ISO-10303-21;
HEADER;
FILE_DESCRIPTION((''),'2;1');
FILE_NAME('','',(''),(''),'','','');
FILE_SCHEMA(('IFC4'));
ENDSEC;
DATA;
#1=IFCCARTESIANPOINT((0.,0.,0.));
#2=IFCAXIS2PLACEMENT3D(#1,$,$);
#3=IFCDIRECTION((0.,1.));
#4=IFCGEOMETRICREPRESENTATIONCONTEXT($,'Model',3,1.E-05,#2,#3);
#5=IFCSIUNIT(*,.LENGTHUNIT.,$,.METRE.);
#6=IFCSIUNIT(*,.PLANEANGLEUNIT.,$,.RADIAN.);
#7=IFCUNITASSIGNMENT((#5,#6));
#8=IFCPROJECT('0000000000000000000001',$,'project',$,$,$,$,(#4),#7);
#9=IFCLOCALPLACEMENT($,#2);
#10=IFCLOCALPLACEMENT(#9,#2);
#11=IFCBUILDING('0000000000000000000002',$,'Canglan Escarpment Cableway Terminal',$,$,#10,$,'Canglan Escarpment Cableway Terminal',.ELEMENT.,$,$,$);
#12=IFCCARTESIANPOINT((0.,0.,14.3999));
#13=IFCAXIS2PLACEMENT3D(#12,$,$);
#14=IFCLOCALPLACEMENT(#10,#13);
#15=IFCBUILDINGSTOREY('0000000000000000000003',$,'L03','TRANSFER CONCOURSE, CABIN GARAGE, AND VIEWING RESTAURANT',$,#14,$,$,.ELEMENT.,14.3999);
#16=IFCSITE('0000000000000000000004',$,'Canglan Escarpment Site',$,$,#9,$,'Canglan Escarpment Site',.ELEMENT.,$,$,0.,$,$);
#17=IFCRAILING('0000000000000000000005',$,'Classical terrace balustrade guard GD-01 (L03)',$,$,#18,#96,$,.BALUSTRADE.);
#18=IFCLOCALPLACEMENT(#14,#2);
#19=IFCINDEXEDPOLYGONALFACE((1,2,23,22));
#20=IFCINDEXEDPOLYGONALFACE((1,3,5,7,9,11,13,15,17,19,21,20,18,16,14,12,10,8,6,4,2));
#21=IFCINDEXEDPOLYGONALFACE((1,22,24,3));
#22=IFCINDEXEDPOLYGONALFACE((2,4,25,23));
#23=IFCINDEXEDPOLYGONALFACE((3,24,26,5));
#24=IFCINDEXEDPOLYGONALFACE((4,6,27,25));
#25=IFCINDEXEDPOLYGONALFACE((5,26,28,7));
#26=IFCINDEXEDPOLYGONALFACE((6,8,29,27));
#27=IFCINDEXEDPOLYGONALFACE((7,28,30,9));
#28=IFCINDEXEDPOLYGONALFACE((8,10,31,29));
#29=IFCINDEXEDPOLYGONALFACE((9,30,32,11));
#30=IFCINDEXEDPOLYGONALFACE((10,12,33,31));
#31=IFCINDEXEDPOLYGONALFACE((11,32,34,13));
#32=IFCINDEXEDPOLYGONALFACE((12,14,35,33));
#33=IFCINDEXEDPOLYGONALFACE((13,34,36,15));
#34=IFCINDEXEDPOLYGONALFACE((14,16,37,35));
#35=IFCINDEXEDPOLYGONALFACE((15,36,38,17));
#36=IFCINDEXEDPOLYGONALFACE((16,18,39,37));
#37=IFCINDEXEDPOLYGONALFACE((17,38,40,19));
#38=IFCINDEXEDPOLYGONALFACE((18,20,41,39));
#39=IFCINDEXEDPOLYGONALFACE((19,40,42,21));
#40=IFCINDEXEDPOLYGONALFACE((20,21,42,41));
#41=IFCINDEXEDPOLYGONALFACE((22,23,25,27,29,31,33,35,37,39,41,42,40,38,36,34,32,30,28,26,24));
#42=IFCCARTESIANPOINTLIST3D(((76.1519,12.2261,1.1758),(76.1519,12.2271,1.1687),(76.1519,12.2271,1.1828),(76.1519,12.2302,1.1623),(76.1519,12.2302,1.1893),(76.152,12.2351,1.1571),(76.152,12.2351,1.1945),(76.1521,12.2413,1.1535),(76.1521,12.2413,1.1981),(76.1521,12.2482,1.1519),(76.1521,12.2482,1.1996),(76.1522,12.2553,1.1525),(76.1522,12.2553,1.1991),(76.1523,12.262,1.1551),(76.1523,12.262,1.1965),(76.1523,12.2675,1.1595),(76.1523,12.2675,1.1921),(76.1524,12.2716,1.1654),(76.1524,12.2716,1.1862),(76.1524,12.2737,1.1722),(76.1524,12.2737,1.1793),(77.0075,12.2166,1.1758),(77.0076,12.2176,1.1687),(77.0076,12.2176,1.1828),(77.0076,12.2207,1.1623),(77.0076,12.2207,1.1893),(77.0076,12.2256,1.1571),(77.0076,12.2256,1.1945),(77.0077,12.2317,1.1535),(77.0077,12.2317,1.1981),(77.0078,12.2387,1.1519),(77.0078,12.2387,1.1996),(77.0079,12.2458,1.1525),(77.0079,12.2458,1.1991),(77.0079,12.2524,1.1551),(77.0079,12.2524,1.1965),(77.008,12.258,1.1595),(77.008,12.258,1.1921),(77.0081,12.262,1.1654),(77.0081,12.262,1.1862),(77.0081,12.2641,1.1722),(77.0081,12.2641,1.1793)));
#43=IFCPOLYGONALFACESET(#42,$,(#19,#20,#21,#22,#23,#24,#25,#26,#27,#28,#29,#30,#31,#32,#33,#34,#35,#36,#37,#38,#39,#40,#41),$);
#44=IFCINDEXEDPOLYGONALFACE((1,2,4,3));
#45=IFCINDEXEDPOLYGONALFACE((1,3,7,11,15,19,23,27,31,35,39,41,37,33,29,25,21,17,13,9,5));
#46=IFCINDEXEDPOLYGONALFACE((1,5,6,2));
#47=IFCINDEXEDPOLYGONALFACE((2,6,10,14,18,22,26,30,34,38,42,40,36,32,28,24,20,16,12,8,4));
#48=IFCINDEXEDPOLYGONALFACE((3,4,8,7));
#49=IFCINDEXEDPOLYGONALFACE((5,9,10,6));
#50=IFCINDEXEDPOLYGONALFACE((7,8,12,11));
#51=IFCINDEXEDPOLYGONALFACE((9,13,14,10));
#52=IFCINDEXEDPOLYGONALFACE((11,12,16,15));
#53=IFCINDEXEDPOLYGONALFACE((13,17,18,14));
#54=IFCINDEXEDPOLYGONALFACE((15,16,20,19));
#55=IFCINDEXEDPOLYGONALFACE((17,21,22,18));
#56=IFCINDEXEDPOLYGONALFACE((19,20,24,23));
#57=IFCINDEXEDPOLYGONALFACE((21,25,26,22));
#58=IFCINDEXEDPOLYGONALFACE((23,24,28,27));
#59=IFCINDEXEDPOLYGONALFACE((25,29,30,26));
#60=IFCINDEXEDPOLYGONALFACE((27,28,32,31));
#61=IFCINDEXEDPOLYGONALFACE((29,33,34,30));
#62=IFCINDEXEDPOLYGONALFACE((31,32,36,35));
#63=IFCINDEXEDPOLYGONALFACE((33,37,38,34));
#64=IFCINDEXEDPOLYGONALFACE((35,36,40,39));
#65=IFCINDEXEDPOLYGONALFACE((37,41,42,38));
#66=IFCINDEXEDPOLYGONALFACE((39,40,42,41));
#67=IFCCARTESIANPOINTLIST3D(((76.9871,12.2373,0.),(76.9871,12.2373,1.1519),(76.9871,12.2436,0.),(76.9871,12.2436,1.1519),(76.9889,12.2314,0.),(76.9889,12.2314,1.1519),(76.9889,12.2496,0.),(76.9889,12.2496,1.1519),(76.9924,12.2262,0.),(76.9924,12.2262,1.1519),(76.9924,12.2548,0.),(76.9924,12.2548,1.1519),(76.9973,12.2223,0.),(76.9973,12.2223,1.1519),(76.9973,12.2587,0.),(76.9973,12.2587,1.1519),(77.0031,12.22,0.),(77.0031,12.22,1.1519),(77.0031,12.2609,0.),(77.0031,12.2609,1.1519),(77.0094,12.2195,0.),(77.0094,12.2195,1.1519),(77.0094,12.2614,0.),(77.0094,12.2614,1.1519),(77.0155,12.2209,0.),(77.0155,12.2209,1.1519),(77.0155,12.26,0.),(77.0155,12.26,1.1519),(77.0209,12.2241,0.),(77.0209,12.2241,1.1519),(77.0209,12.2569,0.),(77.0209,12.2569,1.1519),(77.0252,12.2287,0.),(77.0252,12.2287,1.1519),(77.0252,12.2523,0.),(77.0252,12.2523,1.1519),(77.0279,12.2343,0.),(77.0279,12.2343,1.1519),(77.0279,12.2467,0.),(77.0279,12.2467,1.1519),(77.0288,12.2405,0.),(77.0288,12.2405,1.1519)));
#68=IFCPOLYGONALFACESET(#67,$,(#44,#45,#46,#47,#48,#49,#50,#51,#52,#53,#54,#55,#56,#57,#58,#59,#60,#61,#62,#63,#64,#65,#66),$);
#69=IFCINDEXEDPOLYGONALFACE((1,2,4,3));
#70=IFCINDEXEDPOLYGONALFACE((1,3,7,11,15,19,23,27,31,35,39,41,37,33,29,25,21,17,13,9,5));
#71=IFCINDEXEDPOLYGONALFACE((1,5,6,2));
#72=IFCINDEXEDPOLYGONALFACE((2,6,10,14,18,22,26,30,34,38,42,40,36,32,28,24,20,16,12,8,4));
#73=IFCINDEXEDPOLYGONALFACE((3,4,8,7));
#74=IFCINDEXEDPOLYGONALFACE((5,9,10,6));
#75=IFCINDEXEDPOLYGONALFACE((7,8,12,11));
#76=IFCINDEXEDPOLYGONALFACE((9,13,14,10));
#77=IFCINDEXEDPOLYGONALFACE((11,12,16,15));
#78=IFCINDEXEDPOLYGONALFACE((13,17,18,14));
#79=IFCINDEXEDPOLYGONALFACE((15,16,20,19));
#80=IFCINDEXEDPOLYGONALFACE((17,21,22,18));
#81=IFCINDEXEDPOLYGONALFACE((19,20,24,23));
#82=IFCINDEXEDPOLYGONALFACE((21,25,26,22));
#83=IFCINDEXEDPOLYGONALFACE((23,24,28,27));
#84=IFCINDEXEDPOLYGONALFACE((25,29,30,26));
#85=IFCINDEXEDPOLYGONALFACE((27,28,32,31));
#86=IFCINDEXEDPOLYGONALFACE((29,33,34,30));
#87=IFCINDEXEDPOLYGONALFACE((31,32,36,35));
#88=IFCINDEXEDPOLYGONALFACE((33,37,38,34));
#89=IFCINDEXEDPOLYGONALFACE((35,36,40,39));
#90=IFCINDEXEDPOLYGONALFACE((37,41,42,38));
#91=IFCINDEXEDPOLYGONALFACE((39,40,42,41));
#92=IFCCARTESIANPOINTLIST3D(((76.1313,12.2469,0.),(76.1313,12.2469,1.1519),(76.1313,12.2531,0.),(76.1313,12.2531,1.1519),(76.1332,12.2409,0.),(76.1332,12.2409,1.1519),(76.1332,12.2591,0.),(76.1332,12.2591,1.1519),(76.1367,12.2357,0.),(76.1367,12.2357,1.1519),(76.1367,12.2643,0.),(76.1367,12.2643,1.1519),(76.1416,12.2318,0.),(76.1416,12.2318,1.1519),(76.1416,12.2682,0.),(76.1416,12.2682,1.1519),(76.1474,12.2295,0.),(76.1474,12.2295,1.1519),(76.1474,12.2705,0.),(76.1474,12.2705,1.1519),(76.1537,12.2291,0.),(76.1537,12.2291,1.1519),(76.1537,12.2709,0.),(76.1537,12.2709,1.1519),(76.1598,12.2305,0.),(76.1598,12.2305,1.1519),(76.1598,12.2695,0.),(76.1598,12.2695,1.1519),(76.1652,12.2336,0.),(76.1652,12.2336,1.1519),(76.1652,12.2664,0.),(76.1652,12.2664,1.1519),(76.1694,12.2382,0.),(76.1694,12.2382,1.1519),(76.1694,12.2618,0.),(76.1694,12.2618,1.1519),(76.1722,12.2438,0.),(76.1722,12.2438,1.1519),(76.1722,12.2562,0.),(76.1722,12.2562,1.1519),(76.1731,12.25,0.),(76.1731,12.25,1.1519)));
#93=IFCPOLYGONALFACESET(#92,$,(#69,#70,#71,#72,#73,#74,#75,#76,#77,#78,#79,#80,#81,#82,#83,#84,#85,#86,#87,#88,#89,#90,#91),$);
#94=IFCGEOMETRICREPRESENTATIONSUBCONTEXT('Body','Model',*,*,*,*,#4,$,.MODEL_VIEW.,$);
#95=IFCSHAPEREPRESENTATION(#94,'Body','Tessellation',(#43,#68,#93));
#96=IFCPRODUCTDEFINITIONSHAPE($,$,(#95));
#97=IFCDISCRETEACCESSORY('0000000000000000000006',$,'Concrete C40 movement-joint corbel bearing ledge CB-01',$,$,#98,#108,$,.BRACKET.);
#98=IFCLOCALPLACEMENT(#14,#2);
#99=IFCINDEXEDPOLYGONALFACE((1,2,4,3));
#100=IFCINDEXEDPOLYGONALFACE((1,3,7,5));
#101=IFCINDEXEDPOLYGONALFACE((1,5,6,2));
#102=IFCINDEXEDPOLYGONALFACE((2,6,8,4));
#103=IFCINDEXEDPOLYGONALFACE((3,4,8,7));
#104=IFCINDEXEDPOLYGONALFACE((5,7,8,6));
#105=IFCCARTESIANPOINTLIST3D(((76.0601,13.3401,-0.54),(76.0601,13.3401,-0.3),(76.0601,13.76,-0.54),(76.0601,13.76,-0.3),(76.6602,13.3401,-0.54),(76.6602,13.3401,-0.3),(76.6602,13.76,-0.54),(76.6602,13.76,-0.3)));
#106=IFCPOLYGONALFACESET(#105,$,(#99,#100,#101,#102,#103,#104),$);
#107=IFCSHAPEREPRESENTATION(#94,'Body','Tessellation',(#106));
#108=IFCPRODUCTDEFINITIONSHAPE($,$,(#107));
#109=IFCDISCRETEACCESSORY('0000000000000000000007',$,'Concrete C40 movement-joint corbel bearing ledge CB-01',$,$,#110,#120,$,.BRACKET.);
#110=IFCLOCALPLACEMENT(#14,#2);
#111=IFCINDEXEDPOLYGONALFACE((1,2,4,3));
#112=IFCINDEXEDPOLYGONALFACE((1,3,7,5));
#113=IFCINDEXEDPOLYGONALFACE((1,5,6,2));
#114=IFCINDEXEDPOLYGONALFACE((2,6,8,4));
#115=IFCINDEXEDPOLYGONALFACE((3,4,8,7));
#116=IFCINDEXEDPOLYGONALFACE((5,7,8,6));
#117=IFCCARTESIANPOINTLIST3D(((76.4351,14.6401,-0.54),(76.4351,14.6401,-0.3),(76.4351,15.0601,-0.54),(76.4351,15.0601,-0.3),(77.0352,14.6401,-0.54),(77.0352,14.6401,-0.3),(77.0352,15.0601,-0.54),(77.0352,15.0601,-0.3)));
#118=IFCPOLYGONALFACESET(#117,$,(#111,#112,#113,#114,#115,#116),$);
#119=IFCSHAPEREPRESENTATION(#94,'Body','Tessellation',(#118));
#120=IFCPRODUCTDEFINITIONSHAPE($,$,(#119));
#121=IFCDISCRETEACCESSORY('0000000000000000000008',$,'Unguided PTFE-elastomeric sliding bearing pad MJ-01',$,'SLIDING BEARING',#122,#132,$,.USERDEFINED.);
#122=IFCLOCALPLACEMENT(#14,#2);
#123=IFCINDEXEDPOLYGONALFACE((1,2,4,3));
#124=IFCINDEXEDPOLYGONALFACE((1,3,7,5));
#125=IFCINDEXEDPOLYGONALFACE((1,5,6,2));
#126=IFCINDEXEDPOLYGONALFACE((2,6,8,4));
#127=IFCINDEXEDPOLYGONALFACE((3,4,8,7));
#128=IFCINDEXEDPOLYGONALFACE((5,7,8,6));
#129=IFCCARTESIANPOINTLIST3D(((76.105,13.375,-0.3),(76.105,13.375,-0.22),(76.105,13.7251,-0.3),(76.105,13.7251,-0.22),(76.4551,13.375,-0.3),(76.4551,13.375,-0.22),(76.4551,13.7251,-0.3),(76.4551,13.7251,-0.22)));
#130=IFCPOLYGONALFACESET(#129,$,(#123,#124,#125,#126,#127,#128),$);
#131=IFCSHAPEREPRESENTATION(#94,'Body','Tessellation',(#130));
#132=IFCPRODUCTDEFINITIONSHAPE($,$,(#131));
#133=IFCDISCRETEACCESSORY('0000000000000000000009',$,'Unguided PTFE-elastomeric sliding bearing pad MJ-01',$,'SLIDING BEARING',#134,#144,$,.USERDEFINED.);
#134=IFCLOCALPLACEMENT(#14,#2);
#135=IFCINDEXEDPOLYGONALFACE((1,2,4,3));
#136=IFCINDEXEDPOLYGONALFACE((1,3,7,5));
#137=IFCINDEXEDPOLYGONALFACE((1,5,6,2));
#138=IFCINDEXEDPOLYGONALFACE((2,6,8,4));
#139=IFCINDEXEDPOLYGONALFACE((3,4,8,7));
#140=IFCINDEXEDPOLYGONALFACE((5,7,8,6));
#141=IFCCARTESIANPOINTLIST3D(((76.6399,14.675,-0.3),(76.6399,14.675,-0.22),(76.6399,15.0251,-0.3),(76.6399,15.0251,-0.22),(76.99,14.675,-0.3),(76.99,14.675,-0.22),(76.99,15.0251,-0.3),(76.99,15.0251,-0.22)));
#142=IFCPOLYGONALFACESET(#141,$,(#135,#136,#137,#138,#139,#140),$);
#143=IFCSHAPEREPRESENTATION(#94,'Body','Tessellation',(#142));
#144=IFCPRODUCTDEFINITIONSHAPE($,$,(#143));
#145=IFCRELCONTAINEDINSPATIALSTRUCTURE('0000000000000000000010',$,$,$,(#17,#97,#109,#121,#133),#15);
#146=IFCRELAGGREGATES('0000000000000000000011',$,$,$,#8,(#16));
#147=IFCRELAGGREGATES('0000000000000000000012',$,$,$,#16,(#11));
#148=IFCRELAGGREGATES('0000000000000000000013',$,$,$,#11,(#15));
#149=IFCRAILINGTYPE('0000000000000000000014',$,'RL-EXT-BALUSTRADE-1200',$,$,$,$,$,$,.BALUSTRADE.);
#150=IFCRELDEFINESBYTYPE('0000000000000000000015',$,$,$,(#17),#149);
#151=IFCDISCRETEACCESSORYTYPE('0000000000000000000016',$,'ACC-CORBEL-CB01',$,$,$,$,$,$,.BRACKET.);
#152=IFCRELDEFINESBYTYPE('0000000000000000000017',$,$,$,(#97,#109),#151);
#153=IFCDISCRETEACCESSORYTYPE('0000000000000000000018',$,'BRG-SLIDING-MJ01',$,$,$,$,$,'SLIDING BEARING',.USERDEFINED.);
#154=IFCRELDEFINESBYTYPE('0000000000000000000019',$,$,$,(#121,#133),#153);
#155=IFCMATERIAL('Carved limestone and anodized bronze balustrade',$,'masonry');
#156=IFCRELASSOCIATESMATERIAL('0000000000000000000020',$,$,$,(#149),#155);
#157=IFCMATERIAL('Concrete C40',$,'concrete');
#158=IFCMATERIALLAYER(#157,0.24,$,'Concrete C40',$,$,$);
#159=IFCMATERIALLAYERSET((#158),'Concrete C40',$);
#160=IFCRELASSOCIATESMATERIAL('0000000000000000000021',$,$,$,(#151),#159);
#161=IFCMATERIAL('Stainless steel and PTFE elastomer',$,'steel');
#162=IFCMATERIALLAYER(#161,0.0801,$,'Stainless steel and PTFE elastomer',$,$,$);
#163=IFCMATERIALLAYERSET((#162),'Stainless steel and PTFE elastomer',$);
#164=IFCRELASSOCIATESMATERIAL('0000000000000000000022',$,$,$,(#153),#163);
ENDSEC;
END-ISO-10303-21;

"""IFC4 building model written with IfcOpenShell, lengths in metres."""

from ifc_helpers import new_model, si_unit, direction, frame, origin, origin_2d, place, context, subcontext, project, spatial, rectangle, circle, extrude, material, layer, layer_set, type_object, element, save


model = new_model("IFC4")

# Units and contexts
model_context = context("Model", 3, precision=1e-05, world=origin(), true_north=direction((0.0, 1.0)))
body_context = subcontext(model_context, "Body", "Model", "MODEL_VIEW")
ifc_project = project(units=[si_unit("LENGTHUNIT", "METRE"), si_unit("PLANEANGLEUNIT", "RADIAN")], contexts=[model_context])

# Site, building, storey
site_placement = place(None, origin())
site = spatial("IfcSite", under=ifc_project, at=site_placement, Name="Canglan Escarpment Site", LongName="Canglan Escarpment Site", CompositionType="ELEMENT", RefElevation=0.0)
building_placement = place(site_placement, origin())
building = spatial("IfcBuilding", under=site, at=building_placement, Name="Canglan Escarpment Cableway Terminal", LongName="Canglan Escarpment Cableway Terminal", CompositionType="ELEMENT")
storey_placement = place(building_placement, frame((0.0, 0.0, 14.3999)))
storey = spatial("IfcBuildingStorey", under=building, at=storey_placement, Name="L03", Description="TRANSFER CONCOURSE, CABIN GARAGE, AND VIEWING RESTAURANT", CompositionType="ELEMENT", Elevation=14.3999)

# Shared definitions
ifc_material_1 = material(Name="Concrete C40", Category="concrete")

# Railing
ifc_material_2 = material(Name="Carved limestone and anodized bronze balustrade", Category="masonry")
railing_type = type_object("IfcRailingType", Name="RL-EXT-BALUSTRADE-1200", PredefinedType="BALUSTRADE", material=ifc_material_2)
railing_1_placement = place(storey_placement, frame((77.0078, 12.2405, 0.0)))
element("IfcRailing", 1, at=railing_1_placement, inside=storey, type_object=railing_type, Name="Classical terrace balustrade guard GD-01 (L03)", PredefinedType="BALUSTRADE", context=body_context, shape_type="SweptSolid", body=[
    extrude(circle(Radius=0.0239, at=origin_2d()), frame((0.0, 0.0, 1.1758), z_axis=(-0.999938, 0.011126, 0.0), x_axis=(-0.011126, -0.999938, 0.0)), (0.0, 0.0, 1.0), 0.8557),
    extrude(circle(Radius=0.021, at=origin_2d()), origin(), (0.0, 0.0, 1.0), 1.1519),
    extrude(circle(Radius=0.021, at=origin_2d()), frame((-0.8557, 0.0095, 0.0)), (0.0, 0.0, 1.0), 1.1519),
])

# Discrete accessories
ifc_layer_1 = layer(ifc_material_1, 0.24, Name="Concrete C40")
ifc_layer_set_1 = layer_set([ifc_layer_1], Name="Concrete C40")
discrete_accessory_type_1 = type_object("IfcDiscreteAccessoryType", Name="ACC-CORBEL-CB01", PredefinedType="BRACKET", material=ifc_layer_set_1)
for number, where, z_axis, x_axis, name in (
    (2, (76.3601, 13.55, -0.54), (0.0, 0.0, 1.0), (1.0, 0.0, 0.0), "Concrete C40 movement-joint corbel bearing ledge CB-01"),
    (3, (76.7351, 14.8501, -0.54), (0.0, 0.0, 1.0), (1.0, 0.0, 0.0), "Concrete C40 movement-joint corbel bearing ledge CB-01"),
):
    element("IfcDiscreteAccessory", number, at=place(storey_placement, frame(where, z_axis=z_axis, x_axis=x_axis)), inside=storey, type_object=discrete_accessory_type_1, Name=name, PredefinedType="BRACKET", context=body_context, shape_type="SweptSolid", body=[
        extrude(rectangle(XDim=0.6001, YDim=0.4199, at=origin_2d()), origin(), (0.0, 0.0, 1.0), 0.24),
    ])
ifc_material_3 = material(Name="Stainless steel and PTFE elastomer", Category="steel")
ifc_layer_2 = layer(ifc_material_3, 0.0801, Name="Stainless steel and PTFE elastomer")
ifc_layer_set_2 = layer_set([ifc_layer_2], Name="Stainless steel and PTFE elastomer")
discrete_accessory_type_2 = type_object("IfcDiscreteAccessoryType", Name="BRG-SLIDING-MJ01", ElementType="SLIDING BEARING", PredefinedType="USERDEFINED", material=ifc_layer_set_2)
for number, where, z_axis, x_axis, name in (
    (4, (76.28, 13.55, -0.3), (0.0, 0.0, 1.0), (1.0, 0.0, 0.0), "Unguided PTFE-elastomeric sliding bearing pad MJ-01"),
    (5, (76.8149, 14.8501, -0.3), (0.0, 0.0, 1.0), (1.0, 0.0, 0.0), "Unguided PTFE-elastomeric sliding bearing pad MJ-01"),
):
    element("IfcDiscreteAccessory", number, at=place(storey_placement, frame(where, z_axis=z_axis, x_axis=x_axis)), inside=storey, type_object=discrete_accessory_type_2, Name=name, ObjectType="SLIDING BEARING", PredefinedType="USERDEFINED", context=body_context, shape_type="SweptSolid", body=[
        extrude(rectangle(XDim=0.3501, YDim=0.3501, at=origin_2d()), origin(), (0.0, 0.0, 1.0), 0.0801),
    ])

save(model, "model.ifc")
